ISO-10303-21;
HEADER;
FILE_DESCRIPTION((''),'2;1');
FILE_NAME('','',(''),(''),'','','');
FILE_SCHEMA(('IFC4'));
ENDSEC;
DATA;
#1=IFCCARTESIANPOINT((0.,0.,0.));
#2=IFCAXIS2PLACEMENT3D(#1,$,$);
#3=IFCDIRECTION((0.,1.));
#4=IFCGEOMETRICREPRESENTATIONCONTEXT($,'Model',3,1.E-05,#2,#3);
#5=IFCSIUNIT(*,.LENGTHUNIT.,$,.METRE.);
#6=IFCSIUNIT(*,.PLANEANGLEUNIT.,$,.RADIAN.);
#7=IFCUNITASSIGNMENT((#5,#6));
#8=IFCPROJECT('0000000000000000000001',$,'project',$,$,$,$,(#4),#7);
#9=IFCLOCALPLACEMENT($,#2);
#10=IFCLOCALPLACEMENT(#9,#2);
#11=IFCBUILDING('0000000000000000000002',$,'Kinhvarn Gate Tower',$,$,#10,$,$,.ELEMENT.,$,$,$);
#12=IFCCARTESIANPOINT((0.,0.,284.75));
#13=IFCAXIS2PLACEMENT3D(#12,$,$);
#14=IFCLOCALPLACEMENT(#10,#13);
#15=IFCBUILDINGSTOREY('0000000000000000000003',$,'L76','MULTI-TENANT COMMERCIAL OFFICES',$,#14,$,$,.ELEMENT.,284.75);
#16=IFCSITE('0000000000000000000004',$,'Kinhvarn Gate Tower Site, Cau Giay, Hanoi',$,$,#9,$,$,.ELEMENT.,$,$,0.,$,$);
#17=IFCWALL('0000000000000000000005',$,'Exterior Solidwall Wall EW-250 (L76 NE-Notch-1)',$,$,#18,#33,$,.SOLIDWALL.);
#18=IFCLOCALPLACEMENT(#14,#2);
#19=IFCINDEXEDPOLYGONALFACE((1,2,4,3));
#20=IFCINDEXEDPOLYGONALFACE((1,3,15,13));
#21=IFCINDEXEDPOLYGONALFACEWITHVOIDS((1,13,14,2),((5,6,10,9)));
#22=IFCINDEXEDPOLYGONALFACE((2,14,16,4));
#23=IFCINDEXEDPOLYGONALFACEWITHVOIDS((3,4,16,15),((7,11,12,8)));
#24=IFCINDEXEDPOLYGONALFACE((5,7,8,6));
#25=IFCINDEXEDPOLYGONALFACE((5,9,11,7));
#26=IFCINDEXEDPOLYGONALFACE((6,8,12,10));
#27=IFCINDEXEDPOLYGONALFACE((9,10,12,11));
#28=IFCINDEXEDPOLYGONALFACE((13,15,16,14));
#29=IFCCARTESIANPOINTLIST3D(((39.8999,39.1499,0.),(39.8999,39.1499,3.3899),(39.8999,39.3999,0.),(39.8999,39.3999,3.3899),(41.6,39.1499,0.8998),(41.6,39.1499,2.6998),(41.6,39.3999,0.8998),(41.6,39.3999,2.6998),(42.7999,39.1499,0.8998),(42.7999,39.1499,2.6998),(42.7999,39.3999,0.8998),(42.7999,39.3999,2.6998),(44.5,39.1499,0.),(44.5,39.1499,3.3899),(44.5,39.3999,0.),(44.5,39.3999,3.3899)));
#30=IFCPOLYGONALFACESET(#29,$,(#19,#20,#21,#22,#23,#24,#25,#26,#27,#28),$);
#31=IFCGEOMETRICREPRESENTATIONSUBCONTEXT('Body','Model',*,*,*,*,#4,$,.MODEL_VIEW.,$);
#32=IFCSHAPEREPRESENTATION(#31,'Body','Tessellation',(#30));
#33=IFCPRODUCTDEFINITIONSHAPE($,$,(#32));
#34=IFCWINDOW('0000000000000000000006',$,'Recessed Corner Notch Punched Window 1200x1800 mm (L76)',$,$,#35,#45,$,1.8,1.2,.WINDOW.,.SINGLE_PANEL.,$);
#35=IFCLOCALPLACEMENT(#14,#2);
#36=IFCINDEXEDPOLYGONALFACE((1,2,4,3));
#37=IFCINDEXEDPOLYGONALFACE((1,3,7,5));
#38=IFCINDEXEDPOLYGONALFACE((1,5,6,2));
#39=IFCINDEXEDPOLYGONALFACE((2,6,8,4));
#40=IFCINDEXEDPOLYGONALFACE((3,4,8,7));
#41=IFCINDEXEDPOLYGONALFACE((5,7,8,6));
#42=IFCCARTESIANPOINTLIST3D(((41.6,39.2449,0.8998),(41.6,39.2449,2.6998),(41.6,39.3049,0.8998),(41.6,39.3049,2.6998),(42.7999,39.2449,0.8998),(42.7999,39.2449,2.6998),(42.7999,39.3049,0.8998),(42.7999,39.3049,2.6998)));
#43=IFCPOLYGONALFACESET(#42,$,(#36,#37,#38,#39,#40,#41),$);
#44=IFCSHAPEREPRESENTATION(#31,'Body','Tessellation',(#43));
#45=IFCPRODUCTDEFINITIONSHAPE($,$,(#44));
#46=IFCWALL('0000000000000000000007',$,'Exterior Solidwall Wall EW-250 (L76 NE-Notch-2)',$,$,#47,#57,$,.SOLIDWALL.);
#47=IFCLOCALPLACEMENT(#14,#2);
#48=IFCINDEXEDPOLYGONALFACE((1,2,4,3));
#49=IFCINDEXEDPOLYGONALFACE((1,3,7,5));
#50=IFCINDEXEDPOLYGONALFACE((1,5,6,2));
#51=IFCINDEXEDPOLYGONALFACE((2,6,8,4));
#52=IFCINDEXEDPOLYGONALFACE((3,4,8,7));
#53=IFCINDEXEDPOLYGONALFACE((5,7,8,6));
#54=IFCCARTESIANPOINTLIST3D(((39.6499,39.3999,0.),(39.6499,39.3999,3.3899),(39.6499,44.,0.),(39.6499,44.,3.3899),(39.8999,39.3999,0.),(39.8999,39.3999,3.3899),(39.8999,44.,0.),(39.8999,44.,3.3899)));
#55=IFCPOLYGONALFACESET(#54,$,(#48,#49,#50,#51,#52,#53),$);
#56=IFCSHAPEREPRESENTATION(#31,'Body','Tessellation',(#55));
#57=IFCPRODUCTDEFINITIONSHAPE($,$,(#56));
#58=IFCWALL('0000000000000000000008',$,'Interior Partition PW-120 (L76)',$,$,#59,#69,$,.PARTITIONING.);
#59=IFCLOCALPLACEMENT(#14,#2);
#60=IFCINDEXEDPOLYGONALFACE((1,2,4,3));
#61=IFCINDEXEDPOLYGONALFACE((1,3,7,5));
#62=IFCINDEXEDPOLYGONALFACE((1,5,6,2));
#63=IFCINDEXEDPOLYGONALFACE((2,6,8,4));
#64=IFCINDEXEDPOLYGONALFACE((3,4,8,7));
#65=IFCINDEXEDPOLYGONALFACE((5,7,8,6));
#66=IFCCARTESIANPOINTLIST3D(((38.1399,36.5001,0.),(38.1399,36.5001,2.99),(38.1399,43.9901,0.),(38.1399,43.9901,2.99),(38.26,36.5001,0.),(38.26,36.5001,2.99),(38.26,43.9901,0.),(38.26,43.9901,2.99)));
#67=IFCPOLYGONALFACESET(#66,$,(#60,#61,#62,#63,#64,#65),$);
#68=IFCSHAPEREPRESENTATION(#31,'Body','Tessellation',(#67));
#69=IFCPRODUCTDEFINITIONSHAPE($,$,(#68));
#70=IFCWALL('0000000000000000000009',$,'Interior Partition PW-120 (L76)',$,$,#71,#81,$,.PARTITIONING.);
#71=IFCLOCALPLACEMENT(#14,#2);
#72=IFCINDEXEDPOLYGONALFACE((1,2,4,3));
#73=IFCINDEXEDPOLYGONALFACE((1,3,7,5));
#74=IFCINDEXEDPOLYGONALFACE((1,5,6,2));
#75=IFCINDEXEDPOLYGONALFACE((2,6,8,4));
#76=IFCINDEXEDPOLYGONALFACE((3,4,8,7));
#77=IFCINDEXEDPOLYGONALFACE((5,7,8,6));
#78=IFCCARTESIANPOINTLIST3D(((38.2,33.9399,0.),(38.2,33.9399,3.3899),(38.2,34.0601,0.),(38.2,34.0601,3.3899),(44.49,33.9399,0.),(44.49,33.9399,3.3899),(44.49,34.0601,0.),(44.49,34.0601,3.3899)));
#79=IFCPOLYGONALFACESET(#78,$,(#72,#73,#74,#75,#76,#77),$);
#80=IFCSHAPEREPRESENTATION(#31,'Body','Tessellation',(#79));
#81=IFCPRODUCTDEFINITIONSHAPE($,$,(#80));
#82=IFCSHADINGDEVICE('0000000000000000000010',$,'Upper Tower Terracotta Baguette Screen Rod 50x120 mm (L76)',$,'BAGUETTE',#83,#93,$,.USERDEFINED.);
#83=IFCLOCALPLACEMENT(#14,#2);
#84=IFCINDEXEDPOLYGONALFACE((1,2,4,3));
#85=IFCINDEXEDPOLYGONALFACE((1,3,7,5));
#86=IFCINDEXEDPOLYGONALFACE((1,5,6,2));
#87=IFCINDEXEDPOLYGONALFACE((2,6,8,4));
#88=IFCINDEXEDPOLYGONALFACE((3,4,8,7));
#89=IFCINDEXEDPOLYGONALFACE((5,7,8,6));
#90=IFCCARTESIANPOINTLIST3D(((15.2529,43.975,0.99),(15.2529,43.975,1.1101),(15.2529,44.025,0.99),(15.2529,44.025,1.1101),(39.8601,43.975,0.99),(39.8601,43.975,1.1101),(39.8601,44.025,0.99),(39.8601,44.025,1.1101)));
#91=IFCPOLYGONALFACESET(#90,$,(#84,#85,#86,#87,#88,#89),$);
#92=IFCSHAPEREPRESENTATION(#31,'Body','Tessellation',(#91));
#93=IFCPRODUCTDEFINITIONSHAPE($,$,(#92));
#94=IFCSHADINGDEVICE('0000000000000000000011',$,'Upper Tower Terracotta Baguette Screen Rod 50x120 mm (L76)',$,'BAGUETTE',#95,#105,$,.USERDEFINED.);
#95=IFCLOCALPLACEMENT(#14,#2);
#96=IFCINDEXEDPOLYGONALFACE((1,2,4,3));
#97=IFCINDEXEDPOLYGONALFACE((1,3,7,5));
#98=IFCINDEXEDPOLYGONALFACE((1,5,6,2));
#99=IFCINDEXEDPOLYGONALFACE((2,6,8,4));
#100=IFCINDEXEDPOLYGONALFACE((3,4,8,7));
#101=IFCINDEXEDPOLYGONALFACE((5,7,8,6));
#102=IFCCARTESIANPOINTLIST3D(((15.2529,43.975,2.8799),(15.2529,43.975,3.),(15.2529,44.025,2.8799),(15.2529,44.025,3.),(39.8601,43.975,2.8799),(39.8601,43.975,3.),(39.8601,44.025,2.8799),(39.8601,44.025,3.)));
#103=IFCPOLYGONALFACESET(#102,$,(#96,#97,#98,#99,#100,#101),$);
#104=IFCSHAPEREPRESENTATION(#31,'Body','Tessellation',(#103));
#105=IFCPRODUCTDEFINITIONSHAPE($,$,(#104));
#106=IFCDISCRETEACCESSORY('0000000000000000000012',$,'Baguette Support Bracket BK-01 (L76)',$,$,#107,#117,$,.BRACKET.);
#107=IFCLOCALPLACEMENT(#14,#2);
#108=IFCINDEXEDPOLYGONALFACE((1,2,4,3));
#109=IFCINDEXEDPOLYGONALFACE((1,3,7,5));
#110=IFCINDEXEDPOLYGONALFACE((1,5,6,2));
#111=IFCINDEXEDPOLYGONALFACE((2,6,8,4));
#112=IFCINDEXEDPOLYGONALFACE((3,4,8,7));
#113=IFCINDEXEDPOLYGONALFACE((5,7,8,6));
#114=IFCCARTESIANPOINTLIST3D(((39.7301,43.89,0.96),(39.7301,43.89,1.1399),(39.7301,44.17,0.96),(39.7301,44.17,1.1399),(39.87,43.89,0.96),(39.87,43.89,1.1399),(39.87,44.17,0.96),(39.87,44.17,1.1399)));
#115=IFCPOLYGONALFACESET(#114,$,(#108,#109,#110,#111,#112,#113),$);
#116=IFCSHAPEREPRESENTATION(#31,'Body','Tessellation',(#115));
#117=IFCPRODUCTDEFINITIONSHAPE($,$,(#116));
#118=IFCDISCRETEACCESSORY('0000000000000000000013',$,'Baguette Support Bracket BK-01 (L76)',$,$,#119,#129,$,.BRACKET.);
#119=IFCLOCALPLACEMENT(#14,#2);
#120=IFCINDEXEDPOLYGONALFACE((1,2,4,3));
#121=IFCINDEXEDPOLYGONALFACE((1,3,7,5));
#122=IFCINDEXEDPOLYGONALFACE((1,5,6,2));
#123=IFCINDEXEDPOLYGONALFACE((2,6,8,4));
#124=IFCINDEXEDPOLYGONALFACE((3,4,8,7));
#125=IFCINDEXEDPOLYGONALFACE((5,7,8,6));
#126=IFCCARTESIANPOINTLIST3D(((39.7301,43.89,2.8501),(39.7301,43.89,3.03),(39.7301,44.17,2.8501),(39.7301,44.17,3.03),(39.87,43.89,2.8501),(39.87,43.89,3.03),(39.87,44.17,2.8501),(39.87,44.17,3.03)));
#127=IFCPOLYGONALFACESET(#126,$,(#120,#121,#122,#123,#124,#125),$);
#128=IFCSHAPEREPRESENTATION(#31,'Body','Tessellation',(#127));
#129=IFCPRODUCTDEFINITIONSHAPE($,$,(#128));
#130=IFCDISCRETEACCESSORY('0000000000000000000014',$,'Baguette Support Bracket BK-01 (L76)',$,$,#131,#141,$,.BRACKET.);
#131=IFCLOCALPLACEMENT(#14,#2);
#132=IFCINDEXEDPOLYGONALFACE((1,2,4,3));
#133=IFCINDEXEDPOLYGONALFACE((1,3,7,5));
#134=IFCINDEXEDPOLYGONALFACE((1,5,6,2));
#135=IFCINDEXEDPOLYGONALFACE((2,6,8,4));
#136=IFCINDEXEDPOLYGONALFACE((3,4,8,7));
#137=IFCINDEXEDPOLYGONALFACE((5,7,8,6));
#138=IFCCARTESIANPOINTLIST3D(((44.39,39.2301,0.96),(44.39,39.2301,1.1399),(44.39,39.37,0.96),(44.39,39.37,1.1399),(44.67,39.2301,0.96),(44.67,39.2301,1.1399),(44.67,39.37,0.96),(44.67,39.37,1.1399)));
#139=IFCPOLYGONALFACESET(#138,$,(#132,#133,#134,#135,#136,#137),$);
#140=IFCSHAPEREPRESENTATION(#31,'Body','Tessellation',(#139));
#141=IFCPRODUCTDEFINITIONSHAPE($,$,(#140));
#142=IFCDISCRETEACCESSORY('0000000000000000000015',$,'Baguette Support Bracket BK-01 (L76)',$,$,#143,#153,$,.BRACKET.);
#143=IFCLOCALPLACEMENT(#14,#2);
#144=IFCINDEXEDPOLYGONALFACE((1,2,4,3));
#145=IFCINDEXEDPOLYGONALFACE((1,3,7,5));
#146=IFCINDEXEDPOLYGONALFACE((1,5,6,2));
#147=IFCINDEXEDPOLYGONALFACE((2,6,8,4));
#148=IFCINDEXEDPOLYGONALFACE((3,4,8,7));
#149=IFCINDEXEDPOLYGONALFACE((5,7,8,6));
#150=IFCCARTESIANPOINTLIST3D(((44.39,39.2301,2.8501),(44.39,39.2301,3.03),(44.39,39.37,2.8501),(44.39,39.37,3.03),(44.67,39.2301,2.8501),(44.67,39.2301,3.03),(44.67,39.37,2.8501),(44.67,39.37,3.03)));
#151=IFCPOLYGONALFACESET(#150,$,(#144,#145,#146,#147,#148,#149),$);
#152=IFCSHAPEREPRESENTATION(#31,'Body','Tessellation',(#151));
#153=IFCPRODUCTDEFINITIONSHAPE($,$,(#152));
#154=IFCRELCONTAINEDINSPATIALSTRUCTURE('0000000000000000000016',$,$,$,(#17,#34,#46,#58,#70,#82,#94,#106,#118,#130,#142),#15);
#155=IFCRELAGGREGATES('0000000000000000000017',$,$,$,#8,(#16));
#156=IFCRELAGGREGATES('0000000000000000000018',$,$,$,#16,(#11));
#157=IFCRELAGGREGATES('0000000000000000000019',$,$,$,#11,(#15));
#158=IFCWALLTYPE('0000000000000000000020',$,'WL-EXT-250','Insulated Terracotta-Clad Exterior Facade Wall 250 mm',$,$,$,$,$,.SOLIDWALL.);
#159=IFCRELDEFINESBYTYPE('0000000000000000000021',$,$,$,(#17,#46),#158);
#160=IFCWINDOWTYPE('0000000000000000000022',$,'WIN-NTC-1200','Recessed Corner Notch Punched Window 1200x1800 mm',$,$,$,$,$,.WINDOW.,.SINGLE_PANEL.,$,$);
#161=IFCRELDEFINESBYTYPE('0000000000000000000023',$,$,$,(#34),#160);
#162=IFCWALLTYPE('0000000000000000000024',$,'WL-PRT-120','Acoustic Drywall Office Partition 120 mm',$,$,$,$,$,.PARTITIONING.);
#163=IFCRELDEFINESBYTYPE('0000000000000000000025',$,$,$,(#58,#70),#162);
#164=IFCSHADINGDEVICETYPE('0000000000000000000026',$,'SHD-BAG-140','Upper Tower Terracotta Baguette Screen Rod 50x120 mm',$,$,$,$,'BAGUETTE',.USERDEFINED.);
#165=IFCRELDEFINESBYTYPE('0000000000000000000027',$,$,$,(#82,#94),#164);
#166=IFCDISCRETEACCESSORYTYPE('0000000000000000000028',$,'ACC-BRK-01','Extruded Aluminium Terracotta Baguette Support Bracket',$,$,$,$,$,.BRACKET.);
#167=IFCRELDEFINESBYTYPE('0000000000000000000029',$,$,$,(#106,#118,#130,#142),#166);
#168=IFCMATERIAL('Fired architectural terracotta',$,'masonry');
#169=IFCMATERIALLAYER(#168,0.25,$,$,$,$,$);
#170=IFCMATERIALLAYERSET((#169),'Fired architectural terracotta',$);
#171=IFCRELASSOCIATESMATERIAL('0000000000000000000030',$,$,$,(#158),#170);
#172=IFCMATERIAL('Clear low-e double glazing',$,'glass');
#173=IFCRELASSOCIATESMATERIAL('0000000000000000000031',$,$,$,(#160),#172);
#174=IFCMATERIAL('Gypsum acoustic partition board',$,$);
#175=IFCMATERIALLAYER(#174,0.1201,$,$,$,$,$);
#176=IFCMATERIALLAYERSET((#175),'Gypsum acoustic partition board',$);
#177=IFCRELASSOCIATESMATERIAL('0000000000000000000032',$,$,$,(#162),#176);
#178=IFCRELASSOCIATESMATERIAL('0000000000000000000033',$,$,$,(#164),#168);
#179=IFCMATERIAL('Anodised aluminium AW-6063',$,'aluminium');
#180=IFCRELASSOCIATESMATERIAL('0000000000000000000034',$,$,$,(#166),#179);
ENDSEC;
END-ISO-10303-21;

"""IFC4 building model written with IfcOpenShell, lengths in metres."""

from ifc_helpers import new_model, si_unit, direction, frame, frame_2d, origin, origin_2d, place, context, subcontext, project, spatial, rectangle, extrude, material, layer, layer_set, material_profile, profile_set, type_object, element, fill, save


model = new_model("IFC4")

# Units and contexts
model_context = context("Model", 3, precision=1e-05, world=origin(), true_north=direction((0.0, 1.0)))
body_context = subcontext(model_context, "Body", "Model", "MODEL_VIEW")
ifc_project = project(units=[si_unit("LENGTHUNIT", "METRE"), si_unit("PLANEANGLEUNIT", "RADIAN")], contexts=[model_context])

# Site, building, storey
site_placement = place(None, origin())
site = spatial("IfcSite", under=ifc_project, at=site_placement, Name="Kinhvarn Gate Tower Site, Cau Giay, Hanoi", CompositionType="ELEMENT", RefElevation=0.0)
building_placement = place(site_placement, origin())
building = spatial("IfcBuilding", under=site, at=building_placement, Name="Kinhvarn Gate Tower", CompositionType="ELEMENT")
storey_placement = place(building_placement, frame((0.0, 0.0, 284.75)))
storey = spatial("IfcBuildingStorey", under=building, at=storey_placement, Name="L76", Description="MULTI-TENANT COMMERCIAL OFFICES", CompositionType="ELEMENT", Elevation=284.75)

# Shared definitions
ifc_material_1 = material(Name="Anodised aluminium AW-6063", Category="aluminium")

# Shared definitions
ifc_material_2 = material(Name="Clear low-e double glazing", Category="glass")

# Wall, opening, window
ifc_material_3 = material(Name="Fired architectural terracotta", Category="masonry")
ifc_layer_1 = layer(ifc_material_3, 0.25)
ifc_layer_set_1 = layer_set([ifc_layer_1], Name="Fired architectural terracotta")
wall_type_1 = type_object("IfcWallType", Name="WL-EXT-250", Description="Insulated Terracotta-Clad Exterior Facade Wall 250 mm", PredefinedType="SOLIDWALL", material=ifc_layer_set_1)
wall_1_placement = place(storey_placement, frame((44.5, 39.2749, 0.0), z_axis=(0.0, 0.0, 1.0), x_axis=(-1.0, 0.0, 0.0)))
wall_1 = element("IfcWall", 1, at=wall_1_placement, inside=storey, type_object=wall_type_1, Name="Exterior Solidwall Wall EW-250 (L76 NE-Notch-1)", PredefinedType="SOLIDWALL", context=body_context, shape_type="SweptSolid", body=[
    extrude(rectangle(XDim=4.6001, YDim=0.25, at=frame_2d((2.3, 0.0))), origin(), (0.0, 0.0, 1.0), 3.3899),
])
opening_1_placement = place(wall_1_placement, frame((1.7, 0.0, 0.8999)))
opening_1 = element("IfcOpeningElement", 2, at=opening_1_placement, cuts=wall_1, PredefinedType="OPENING", context=body_context, shape_type="SweptSolid", body=[
    extrude(rectangle(XDim=1.2, YDim=1.8, at=frame_2d((0.6001, 0.8999))), frame((0.0, 0.135, 0.0), z_axis=(0.0, -1.0, 0.0), x_axis=(1.0, 0.0, 0.0)), (0.0, 0.0, 1.0), 0.27),
])
window_type = type_object("IfcWindowType", Name="WIN-NTC-1200", Description="Recessed Corner Notch Punched Window 1200x1800 mm", PartitioningType="SINGLE_PANEL", PredefinedType="WINDOW", material=ifc_material_2)
window_placement = place(opening_1_placement, origin())
window = element("IfcWindow", 3, at=window_placement, inside=storey, type_object=window_type, Name="Recessed Corner Notch Punched Window 1200x1800 mm (L76)", OverallHeight=1.8, OverallWidth=1.2, PartitioningType="SINGLE_PANEL", PredefinedType="WINDOW", context=body_context, shape_type="SweptSolid", body=[
    extrude(rectangle(XDim=1.2, YDim=1.8, at=frame_2d((0.6001, 0.8999))), frame((0.0, 0.03, 0.0), z_axis=(0.0, -1.0, 0.0), x_axis=(1.0, 0.0, 0.0)), (0.0, 0.0, 1.0), 0.0601),
])
fill(opening_1, window)

# Walls
wall_2_placement = place(storey_placement, frame((39.7749, 39.3999, 0.0), z_axis=(0.0, 0.0, 1.0), x_axis=(0.0, 1.0, 0.0)))
element("IfcWall", 4, at=wall_2_placement, inside=storey, type_object=wall_type_1, Name="Exterior Solidwall Wall EW-250 (L76 NE-Notch-2)", PredefinedType="SOLIDWALL", context=body_context, shape_type="SweptSolid", body=[
    extrude(rectangle(XDim=4.6001, YDim=0.25, at=frame_2d((2.3, 0.0))), origin(), (0.0, 0.0, 1.0), 3.3899),
])
ifc_material_4 = material(Name="Gypsum acoustic partition board")
ifc_layer_2 = layer(ifc_material_4, 0.1201)
ifc_layer_set_2 = layer_set([ifc_layer_2], Name="Gypsum acoustic partition board")
wall_type_2 = type_object("IfcWallType", Name="WL-PRT-120", Description="Acoustic Drywall Office Partition 120 mm", PredefinedType="PARTITIONING", material=ifc_layer_set_2)
wall_3_placement = place(storey_placement, frame((38.2, 36.5, 0.0), z_axis=(0.0, 0.0, 1.0), x_axis=(0.0, 1.0, 0.0)))
element("IfcWall", 5, at=wall_3_placement, inside=storey, type_object=wall_type_2, Name="Interior Partition PW-120 (L76)", PredefinedType="PARTITIONING", context=body_context, shape_type="SweptSolid", body=[
    extrude(rectangle(XDim=7.49, YDim=0.1201, at=frame_2d((3.7451, 0.0))), origin(), (0.0, 0.0, 1.0), 2.99),
])
wall_4_placement = place(storey_placement, frame((38.2, 34.0, 0.0), z_axis=(0.0, 0.0, 1.0), x_axis=(1.0, 0.0, 0.0)))
element("IfcWall", 6, at=wall_4_placement, inside=storey, type_object=wall_type_2, Name="Interior Partition PW-120 (L76)", PredefinedType="PARTITIONING", context=body_context, shape_type="SweptSolid", body=[
    extrude(rectangle(XDim=6.29, YDim=0.1201, at=frame_2d((3.145, 0.0))), origin(), (0.0, 0.0, 1.0), 3.3899),
])

# Shading devices
ifc_material_profile_1 = material_profile(ifc_material_3, rectangle(XDim=0.05, YDim=0.1201, at=origin_2d()), Name="TC 50x120")
ifc_profile_set_1 = profile_set([ifc_material_profile_1], Name="Fired architectural terracotta")
shading_device_type = type_object("IfcShadingDeviceType", Name="SHD-BAG-140", Description="Upper Tower Terracotta Baguette Screen Rod 50x120 mm", ElementType="BAGUETTE", PredefinedType="USERDEFINED", material=ifc_profile_set_1)
for number, where, z_axis, x_axis, name in (
    (7, (39.8601, 44.0, 1.05), (-1.0, 0.0, 0.0), (0.0, -1.0, 0.0), "Upper Tower Terracotta Baguette Screen Rod 50x120 mm (L76)"),
    (8, (39.8601, 44.0, 2.9399), (-1.0, 0.0, 0.0), (0.0, -1.0, 0.0), "Upper Tower Terracotta Baguette Screen Rod 50x120 mm (L76)"),
):
    element("IfcShadingDevice", number, at=place(storey_placement, frame(where, z_axis=z_axis, x_axis=x_axis)), inside=storey, type_object=shading_device_type, Name=name, ObjectType="BAGUETTE", PredefinedType="USERDEFINED", context=body_context, shape_type="SweptSolid", body=[
        extrude(rectangle(XDim=0.05, YDim=0.1201, at=origin_2d()), origin(), (0.0, 0.0, 1.0), 24.6072),
    ])

# Discrete accessories
discrete_accessory_type = type_object("IfcDiscreteAccessoryType", Name="ACC-BRK-01", Description="Extruded Aluminium Terracotta Baguette Support Bracket", PredefinedType="BRACKET", material=ifc_material_1)
for number, where, z_axis, x_axis, name in (
    (9, (39.8, 44.03, 0.96), (0.0, 0.0, 1.0), (-1.0, 0.0, 0.0), "Baguette Support Bracket BK-01 (L76)"),
    (10, (39.8, 44.03, 2.8501), (0.0, 0.0, 1.0), (-1.0, 0.0, 0.0), "Baguette Support Bracket BK-01 (L76)"),
    (11, (44.53, 39.3, 0.96), (0.0, 0.0, 1.0), (0.0, 1.0, 0.0), "Baguette Support Bracket BK-01 (L76)"),
    (12, (44.53, 39.3, 2.8501), (0.0, 0.0, 1.0), (0.0, 1.0, 0.0), "Baguette Support Bracket BK-01 (L76)"),
):
    element("IfcDiscreteAccessory", number, at=place(storey_placement, frame(where, z_axis=z_axis, x_axis=x_axis)), inside=storey, type_object=discrete_accessory_type, Name=name, PredefinedType="BRACKET", context=body_context, shape_type="SweptSolid", body=[
        extrude(rectangle(XDim=0.1399, YDim=0.28, at=origin_2d()), origin(), (0.0, 0.0, 1.0), 0.1799),
    ])

save(model, "model.ifc")
